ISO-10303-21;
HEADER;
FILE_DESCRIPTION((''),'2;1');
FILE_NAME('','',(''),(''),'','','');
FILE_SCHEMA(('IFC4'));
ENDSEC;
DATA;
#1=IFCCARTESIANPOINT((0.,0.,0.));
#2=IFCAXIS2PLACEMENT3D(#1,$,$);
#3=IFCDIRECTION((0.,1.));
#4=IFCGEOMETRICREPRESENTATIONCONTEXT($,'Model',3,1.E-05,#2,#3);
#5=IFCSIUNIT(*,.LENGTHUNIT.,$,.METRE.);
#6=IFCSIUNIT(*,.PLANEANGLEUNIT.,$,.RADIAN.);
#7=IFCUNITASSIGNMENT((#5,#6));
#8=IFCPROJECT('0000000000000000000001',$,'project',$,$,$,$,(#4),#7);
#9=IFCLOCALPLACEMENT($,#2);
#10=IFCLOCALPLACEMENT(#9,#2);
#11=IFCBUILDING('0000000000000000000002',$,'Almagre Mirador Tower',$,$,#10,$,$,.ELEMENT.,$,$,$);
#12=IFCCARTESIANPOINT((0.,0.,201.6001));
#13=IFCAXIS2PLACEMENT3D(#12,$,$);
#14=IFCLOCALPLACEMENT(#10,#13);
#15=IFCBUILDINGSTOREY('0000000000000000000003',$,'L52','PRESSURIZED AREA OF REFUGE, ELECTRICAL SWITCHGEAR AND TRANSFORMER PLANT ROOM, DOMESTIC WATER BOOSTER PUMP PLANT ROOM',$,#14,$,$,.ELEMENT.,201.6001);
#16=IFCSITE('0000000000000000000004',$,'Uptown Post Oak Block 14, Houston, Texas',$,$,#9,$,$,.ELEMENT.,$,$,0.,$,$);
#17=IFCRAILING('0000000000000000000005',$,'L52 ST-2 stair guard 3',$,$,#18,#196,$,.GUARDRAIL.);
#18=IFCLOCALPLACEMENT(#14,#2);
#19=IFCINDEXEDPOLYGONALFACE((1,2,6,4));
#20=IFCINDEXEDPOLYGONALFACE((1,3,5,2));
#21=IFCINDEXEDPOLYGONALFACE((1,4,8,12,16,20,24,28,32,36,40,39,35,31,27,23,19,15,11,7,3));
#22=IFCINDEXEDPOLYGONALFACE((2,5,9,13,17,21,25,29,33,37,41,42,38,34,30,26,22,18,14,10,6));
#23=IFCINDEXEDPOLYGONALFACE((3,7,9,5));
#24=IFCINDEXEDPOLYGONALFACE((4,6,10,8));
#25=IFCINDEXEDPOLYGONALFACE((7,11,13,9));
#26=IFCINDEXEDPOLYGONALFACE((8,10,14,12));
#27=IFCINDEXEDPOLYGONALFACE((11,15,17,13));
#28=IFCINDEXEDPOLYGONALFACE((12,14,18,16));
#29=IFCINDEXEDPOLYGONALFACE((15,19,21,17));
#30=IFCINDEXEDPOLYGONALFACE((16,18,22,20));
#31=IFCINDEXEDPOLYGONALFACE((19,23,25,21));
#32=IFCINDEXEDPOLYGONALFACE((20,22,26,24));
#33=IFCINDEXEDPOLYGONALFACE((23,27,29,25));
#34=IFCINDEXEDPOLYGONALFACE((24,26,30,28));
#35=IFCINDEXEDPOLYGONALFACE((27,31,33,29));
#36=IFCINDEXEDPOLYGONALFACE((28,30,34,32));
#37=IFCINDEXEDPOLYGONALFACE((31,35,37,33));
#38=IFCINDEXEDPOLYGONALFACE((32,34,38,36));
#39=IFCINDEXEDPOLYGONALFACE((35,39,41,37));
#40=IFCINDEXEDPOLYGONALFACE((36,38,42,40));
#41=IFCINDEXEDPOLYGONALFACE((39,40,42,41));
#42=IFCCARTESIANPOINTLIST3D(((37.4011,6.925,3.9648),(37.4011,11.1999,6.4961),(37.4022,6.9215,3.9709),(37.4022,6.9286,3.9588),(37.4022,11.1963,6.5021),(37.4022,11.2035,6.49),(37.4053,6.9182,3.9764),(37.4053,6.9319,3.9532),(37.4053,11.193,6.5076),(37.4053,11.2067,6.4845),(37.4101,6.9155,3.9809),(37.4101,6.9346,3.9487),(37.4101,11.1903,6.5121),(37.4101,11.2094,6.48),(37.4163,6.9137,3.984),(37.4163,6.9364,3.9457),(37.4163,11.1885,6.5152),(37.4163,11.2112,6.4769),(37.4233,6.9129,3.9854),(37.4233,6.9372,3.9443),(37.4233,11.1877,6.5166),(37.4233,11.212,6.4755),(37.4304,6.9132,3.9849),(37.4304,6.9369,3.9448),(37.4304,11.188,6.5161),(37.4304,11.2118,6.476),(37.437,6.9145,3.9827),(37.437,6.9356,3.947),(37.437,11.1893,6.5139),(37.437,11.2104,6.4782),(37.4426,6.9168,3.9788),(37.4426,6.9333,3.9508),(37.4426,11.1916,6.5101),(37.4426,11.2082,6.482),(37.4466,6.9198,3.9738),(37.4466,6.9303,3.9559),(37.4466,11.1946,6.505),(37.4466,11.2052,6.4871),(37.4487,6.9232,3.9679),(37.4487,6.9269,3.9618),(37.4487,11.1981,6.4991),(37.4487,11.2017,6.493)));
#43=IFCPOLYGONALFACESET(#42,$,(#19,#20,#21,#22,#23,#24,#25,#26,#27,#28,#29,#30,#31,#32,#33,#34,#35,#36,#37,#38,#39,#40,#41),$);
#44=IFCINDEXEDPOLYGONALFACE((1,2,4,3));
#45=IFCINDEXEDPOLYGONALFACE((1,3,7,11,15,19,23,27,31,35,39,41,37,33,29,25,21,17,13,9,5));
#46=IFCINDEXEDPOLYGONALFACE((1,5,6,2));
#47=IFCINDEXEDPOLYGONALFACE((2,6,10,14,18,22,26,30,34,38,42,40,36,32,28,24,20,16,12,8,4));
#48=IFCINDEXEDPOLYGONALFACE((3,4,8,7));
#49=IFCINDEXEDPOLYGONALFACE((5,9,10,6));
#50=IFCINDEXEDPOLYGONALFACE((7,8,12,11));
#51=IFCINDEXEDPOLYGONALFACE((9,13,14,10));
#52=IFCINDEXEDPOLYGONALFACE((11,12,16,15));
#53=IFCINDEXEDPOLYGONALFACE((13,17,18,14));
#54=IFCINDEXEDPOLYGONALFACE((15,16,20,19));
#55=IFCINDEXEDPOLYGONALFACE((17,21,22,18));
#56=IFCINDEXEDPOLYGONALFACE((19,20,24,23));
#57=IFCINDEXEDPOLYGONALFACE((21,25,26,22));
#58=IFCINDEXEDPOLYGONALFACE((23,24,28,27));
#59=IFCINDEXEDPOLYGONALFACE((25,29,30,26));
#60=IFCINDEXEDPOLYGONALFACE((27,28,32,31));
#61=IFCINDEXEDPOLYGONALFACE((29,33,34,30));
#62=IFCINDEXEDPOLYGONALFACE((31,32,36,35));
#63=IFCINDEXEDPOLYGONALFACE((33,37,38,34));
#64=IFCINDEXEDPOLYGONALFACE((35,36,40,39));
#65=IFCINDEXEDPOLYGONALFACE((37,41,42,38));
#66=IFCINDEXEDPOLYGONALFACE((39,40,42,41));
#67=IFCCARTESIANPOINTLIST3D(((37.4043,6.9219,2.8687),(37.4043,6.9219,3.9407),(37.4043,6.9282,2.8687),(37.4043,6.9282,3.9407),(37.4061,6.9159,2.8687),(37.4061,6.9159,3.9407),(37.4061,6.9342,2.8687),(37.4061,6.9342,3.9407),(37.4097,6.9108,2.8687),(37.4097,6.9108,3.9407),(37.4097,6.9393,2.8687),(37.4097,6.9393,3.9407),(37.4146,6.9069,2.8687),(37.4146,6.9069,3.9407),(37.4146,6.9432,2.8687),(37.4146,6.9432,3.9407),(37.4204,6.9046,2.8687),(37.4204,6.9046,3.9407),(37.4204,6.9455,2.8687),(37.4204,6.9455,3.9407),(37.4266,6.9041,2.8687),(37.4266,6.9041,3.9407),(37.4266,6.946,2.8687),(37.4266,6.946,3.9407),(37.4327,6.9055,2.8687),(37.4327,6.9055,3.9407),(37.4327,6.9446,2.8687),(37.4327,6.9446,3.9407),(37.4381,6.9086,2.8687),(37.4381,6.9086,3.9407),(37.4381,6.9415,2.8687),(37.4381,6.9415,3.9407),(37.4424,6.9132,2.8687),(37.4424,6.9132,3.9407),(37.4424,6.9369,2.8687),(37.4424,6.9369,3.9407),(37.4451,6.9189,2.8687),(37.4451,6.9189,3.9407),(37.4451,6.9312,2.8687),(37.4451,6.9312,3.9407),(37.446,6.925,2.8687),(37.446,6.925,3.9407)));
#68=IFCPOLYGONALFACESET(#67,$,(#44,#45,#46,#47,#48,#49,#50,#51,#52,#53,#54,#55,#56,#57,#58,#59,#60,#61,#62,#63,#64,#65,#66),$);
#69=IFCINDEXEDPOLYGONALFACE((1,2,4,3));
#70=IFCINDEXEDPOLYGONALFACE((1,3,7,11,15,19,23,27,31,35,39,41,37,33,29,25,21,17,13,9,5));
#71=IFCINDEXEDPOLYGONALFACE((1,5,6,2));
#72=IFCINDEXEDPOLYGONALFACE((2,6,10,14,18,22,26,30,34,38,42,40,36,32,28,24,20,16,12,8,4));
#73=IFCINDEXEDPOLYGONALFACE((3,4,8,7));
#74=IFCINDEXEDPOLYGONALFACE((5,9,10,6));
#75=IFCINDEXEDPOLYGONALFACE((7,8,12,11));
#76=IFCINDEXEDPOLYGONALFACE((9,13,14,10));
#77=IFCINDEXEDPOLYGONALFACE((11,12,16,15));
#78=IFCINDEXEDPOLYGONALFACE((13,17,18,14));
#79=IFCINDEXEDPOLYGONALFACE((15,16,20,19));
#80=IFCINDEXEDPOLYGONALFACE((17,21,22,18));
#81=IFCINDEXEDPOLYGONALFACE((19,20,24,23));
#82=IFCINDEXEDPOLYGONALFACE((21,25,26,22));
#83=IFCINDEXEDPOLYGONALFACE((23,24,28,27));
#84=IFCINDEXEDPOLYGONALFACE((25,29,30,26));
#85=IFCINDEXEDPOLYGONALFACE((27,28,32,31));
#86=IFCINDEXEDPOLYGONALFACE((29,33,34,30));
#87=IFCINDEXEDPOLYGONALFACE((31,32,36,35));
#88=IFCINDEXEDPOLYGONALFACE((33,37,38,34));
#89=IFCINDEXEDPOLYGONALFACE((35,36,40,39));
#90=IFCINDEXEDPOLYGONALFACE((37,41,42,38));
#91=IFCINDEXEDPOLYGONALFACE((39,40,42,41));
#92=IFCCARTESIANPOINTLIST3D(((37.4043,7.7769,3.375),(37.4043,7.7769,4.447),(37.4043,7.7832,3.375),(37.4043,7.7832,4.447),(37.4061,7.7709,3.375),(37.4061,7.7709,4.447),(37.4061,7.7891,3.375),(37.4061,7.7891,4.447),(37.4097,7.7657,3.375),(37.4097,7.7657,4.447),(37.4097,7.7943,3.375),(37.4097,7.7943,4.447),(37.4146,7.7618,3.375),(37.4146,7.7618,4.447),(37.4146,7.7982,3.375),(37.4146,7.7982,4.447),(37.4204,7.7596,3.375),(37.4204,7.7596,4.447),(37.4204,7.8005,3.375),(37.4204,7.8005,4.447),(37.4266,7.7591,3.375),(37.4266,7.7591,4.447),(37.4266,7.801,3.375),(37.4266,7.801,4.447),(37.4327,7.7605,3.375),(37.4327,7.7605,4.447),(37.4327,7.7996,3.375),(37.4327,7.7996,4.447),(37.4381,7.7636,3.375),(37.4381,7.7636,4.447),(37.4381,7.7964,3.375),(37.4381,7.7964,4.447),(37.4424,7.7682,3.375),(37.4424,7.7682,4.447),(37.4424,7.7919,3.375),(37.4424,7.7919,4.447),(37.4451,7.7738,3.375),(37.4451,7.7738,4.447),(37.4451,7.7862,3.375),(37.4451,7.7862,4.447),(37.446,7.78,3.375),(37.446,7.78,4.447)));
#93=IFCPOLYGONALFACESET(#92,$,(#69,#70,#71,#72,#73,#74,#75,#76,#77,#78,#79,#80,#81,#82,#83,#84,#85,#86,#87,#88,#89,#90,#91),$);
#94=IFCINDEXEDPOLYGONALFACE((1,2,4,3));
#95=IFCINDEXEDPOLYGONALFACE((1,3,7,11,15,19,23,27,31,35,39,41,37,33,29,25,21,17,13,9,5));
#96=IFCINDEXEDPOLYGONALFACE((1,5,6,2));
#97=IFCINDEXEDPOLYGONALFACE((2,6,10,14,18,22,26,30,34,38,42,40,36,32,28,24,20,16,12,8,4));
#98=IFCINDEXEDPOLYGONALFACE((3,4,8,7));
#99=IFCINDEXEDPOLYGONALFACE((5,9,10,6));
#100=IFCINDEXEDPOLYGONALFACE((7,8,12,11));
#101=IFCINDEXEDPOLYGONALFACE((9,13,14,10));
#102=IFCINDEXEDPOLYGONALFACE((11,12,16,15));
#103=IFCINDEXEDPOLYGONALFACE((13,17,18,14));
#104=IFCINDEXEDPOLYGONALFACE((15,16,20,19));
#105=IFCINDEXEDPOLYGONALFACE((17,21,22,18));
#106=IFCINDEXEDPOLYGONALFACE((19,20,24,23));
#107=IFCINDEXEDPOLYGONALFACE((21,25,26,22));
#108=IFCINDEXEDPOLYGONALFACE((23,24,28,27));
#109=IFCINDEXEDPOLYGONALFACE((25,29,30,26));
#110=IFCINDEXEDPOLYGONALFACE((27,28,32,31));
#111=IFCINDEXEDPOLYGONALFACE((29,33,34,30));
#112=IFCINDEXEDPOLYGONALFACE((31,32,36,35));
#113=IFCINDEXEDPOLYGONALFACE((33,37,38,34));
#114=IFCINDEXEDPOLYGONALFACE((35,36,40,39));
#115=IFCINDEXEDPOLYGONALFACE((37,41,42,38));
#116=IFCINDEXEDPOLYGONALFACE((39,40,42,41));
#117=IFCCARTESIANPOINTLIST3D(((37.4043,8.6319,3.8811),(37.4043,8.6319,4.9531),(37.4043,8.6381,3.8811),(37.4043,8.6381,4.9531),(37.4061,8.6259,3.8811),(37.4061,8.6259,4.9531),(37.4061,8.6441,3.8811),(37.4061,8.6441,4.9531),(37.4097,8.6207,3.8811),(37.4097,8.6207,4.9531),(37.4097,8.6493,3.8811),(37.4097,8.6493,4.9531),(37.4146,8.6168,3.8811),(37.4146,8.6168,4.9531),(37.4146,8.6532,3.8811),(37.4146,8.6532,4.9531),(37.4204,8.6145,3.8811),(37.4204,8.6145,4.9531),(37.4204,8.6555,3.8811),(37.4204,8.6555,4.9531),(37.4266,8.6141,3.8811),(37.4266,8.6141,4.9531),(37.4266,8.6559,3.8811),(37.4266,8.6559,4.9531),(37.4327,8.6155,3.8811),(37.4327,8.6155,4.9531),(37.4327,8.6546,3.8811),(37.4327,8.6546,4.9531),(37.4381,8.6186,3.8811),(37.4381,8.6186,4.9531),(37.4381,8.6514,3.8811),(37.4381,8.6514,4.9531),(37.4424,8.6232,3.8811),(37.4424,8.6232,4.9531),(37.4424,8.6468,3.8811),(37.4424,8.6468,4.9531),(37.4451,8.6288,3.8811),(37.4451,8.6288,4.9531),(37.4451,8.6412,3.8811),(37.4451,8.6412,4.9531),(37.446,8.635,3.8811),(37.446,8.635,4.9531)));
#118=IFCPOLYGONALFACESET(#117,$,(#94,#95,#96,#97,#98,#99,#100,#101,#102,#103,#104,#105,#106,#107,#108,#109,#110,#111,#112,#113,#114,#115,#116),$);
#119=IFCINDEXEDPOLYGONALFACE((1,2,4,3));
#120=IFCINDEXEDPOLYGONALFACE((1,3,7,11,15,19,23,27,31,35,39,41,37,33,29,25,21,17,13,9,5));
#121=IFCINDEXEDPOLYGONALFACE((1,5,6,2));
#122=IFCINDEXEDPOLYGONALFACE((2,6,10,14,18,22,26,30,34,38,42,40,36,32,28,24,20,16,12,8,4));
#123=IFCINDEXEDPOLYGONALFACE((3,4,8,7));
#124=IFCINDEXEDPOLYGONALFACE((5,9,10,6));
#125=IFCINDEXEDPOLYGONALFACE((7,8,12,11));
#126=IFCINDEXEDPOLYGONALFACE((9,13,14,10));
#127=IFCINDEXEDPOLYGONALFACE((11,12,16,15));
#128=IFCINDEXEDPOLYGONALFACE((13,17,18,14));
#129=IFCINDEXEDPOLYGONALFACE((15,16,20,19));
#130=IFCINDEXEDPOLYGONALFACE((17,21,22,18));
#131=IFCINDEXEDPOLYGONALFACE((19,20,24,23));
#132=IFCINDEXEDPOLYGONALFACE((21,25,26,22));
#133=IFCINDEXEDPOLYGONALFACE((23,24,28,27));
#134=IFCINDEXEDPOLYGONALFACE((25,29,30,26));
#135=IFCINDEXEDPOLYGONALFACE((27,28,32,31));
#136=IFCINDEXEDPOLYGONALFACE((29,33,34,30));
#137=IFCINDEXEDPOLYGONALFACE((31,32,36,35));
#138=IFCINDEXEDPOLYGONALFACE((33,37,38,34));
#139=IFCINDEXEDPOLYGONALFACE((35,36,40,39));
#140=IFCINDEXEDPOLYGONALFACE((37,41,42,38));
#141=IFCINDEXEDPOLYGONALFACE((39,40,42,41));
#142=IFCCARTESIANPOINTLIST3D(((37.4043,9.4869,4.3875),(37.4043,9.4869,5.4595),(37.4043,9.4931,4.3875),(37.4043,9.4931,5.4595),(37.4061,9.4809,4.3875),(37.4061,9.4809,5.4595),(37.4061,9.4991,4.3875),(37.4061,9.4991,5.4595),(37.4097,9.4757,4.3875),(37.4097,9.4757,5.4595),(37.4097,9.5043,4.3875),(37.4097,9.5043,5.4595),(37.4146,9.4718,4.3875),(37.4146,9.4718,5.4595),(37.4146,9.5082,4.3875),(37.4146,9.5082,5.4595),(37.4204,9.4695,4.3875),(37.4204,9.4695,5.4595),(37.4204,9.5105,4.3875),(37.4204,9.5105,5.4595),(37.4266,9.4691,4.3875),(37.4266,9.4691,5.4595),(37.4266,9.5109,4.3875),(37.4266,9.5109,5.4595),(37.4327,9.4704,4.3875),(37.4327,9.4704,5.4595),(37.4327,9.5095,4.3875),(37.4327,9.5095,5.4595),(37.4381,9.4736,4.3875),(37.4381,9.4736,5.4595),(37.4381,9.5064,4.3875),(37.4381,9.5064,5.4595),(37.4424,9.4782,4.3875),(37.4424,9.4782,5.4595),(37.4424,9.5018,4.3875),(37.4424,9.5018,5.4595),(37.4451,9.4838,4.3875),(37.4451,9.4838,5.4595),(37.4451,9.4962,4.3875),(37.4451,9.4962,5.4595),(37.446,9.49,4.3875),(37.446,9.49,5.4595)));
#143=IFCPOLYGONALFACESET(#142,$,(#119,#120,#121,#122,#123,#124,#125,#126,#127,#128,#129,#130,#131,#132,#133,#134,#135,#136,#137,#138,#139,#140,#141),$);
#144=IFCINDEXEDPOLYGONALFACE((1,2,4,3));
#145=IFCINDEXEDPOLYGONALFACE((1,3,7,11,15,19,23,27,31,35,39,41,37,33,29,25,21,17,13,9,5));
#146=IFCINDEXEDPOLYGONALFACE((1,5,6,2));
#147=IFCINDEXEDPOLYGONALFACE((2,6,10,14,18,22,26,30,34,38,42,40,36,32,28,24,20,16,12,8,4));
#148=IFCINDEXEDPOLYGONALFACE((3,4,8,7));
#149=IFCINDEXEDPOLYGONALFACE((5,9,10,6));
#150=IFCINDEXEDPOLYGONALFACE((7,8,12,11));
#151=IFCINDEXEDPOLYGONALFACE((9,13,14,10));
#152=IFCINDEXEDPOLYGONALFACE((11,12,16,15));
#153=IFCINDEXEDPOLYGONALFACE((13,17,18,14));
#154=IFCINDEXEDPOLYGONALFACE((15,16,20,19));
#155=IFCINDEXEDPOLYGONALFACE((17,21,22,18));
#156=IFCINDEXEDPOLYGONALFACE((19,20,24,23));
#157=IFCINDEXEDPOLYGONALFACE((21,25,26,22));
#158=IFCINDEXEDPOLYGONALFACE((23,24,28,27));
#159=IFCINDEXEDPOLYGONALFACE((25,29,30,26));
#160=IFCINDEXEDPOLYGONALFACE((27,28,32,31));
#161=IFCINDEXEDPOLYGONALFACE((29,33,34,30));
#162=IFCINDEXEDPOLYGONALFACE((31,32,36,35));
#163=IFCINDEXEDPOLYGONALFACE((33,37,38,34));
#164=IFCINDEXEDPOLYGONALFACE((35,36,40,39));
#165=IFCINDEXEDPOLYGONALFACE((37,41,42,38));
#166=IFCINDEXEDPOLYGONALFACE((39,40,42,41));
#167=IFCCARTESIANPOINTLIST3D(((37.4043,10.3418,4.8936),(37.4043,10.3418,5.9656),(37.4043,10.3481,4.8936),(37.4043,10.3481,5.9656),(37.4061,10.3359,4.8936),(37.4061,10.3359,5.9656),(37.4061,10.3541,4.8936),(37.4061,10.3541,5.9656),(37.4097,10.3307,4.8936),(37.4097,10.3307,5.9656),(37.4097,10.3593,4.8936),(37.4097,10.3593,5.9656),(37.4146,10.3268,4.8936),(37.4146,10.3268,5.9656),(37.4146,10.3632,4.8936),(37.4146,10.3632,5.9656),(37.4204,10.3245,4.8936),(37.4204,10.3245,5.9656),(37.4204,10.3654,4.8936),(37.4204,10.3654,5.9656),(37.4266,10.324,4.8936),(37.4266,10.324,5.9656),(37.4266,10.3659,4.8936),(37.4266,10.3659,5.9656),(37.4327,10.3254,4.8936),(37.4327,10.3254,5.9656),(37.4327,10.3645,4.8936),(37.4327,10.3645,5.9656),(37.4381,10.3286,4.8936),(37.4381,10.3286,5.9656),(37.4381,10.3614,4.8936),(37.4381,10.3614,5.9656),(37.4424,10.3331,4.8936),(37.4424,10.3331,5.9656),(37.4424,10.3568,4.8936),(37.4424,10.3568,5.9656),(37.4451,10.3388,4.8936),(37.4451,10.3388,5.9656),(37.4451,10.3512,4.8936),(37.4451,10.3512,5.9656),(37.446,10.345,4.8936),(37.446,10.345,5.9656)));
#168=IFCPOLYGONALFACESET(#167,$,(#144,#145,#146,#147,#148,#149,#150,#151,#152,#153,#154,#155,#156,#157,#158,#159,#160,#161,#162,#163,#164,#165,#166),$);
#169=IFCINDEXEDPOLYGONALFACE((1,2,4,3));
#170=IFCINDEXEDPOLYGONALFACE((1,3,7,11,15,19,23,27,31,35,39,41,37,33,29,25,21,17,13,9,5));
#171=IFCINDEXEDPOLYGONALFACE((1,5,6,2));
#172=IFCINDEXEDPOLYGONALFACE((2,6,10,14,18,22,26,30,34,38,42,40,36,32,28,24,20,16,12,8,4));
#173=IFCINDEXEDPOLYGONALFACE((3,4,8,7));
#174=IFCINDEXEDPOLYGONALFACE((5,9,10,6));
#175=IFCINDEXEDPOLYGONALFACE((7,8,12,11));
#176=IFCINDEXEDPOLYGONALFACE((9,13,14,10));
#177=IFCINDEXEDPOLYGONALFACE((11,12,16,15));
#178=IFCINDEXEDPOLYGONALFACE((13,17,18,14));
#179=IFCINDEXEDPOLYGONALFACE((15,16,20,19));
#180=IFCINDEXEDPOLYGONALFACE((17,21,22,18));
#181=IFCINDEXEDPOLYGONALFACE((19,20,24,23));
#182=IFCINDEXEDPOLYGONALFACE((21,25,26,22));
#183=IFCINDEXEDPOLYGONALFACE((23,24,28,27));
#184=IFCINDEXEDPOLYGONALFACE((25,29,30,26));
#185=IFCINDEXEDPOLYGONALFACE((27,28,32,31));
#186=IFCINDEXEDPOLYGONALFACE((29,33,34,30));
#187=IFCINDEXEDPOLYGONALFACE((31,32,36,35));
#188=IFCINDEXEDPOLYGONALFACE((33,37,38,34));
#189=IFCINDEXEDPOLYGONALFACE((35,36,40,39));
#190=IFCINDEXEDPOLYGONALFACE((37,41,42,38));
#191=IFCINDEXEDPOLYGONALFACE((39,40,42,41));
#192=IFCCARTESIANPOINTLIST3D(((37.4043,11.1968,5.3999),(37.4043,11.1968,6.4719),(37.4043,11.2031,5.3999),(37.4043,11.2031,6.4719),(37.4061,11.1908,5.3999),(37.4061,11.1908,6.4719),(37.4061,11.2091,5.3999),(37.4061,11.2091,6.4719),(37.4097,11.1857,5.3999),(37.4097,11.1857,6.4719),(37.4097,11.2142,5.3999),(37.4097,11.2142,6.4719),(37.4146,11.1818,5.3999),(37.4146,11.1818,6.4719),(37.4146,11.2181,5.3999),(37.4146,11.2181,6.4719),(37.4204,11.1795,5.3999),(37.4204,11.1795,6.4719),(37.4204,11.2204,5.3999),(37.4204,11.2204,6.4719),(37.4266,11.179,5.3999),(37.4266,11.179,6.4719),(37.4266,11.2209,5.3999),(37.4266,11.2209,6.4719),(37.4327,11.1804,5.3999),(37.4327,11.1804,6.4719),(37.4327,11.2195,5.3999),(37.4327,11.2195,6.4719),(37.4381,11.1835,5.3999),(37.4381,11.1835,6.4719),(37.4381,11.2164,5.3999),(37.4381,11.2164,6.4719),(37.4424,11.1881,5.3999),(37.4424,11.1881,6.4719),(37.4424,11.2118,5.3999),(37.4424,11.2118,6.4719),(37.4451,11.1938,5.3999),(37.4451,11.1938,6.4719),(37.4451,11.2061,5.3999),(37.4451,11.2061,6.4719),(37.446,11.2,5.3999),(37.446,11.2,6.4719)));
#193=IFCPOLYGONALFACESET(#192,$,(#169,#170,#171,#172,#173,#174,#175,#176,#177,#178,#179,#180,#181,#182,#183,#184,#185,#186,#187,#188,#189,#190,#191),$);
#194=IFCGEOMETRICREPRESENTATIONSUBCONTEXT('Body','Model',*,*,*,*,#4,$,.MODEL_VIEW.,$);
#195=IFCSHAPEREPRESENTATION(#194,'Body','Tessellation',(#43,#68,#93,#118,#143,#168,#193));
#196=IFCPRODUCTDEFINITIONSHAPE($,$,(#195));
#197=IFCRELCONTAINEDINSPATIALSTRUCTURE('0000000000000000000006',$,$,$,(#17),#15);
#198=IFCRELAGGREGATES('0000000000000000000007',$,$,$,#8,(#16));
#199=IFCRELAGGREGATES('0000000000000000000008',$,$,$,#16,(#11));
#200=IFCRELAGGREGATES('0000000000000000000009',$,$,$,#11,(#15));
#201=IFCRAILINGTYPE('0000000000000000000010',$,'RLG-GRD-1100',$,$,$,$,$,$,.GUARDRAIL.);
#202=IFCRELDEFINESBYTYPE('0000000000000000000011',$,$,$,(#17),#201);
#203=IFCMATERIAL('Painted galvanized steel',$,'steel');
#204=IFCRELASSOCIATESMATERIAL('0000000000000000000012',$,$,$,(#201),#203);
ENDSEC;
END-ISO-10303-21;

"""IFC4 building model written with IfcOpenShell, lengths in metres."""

from ifc_helpers import new_model, si_unit, direction, frame, origin, origin_2d, place, context, subcontext, project, spatial, circle, extrude, material, type_object, element, save


model = new_model("IFC4")

# Units and contexts
model_context = context("Model", 3, precision=1e-05, world=origin(), true_north=direction((0.0, 1.0)))
body_context = subcontext(model_context, "Body", "Model", "MODEL_VIEW")
ifc_project = project(units=[si_unit("LENGTHUNIT", "METRE"), si_unit("PLANEANGLEUNIT", "RADIAN")], contexts=[model_context])

# Site, building, storey
site_placement = place(None, origin())
site = spatial("IfcSite", under=ifc_project, at=site_placement, Name="Uptown Post Oak Block 14, Houston, Texas", CompositionType="ELEMENT", RefElevation=0.0)
building_placement = place(site_placement, origin())
building = spatial("IfcBuilding", under=site, at=building_placement, Name="Almagre Mirador Tower", CompositionType="ELEMENT")
storey_placement = place(building_placement, frame((0.0, 0.0, 201.6001)))
storey = spatial("IfcBuildingStorey", under=building, at=storey_placement, Name="L52", Description="PRESSURIZED AREA OF REFUGE, ELECTRICAL SWITCHGEAR AND TRANSFORMER PLANT ROOM, DOMESTIC WATER BOOSTER PUMP PLANT ROOM", CompositionType="ELEMENT", Elevation=201.6001)

# Railing
ifc_material_1 = material(Name="Painted galvanized steel", Category="steel")
railing_type_1 = type_object("IfcRailingType", Name="RLG-GRD-1100", PredefinedType="GUARDRAIL", material=ifc_material_1)
railing_1_placement = place(storey_placement, frame((37.425, 6.925, 2.8687)))
element("IfcRailing", 1, at=railing_1_placement, inside=storey, type_object=railing_type_1, Name="L52 ST-2 stair guard 3", PredefinedType="GUARDRAIL", context=body_context, shape_type="SweptSolid", body=[
    extrude(circle(Radius=0.0239, at=origin_2d()), frame((0.0, 0.0, 1.0962), z_axis=(0.0, 0.86047, 0.509501), x_axis=(-1.0, 0.0, 0.0)), (0.0, 0.0, 1.0), 4.968),
    extrude(circle(Radius=0.021, at=origin_2d()), origin(), (0.0, 0.0, 1.0), 1.072),
    extrude(circle(Radius=0.021, at=origin_2d()), frame((0.0, 0.855, 0.5063)), (0.0, 0.0, 1.0), 1.072),
    extrude(circle(Radius=0.021, at=origin_2d()), frame((0.0, 1.71, 1.0125)), (0.0, 0.0, 1.0), 1.072),
    extrude(circle(Radius=0.021, at=origin_2d()), frame((0.0, 2.5649, 1.5188)), (0.0, 0.0, 1.0), 1.072),
    extrude(circle(Radius=0.021, at=origin_2d()), frame((0.0, 3.4199, 2.0249)), (0.0, 0.0, 1.0), 1.072),
    extrude(circle(Radius=0.021, at=origin_2d()), frame((0.0, 4.2749, 2.5312)), (0.0, 0.0, 1.0), 1.072),
])

save(model, "model.ifc")
